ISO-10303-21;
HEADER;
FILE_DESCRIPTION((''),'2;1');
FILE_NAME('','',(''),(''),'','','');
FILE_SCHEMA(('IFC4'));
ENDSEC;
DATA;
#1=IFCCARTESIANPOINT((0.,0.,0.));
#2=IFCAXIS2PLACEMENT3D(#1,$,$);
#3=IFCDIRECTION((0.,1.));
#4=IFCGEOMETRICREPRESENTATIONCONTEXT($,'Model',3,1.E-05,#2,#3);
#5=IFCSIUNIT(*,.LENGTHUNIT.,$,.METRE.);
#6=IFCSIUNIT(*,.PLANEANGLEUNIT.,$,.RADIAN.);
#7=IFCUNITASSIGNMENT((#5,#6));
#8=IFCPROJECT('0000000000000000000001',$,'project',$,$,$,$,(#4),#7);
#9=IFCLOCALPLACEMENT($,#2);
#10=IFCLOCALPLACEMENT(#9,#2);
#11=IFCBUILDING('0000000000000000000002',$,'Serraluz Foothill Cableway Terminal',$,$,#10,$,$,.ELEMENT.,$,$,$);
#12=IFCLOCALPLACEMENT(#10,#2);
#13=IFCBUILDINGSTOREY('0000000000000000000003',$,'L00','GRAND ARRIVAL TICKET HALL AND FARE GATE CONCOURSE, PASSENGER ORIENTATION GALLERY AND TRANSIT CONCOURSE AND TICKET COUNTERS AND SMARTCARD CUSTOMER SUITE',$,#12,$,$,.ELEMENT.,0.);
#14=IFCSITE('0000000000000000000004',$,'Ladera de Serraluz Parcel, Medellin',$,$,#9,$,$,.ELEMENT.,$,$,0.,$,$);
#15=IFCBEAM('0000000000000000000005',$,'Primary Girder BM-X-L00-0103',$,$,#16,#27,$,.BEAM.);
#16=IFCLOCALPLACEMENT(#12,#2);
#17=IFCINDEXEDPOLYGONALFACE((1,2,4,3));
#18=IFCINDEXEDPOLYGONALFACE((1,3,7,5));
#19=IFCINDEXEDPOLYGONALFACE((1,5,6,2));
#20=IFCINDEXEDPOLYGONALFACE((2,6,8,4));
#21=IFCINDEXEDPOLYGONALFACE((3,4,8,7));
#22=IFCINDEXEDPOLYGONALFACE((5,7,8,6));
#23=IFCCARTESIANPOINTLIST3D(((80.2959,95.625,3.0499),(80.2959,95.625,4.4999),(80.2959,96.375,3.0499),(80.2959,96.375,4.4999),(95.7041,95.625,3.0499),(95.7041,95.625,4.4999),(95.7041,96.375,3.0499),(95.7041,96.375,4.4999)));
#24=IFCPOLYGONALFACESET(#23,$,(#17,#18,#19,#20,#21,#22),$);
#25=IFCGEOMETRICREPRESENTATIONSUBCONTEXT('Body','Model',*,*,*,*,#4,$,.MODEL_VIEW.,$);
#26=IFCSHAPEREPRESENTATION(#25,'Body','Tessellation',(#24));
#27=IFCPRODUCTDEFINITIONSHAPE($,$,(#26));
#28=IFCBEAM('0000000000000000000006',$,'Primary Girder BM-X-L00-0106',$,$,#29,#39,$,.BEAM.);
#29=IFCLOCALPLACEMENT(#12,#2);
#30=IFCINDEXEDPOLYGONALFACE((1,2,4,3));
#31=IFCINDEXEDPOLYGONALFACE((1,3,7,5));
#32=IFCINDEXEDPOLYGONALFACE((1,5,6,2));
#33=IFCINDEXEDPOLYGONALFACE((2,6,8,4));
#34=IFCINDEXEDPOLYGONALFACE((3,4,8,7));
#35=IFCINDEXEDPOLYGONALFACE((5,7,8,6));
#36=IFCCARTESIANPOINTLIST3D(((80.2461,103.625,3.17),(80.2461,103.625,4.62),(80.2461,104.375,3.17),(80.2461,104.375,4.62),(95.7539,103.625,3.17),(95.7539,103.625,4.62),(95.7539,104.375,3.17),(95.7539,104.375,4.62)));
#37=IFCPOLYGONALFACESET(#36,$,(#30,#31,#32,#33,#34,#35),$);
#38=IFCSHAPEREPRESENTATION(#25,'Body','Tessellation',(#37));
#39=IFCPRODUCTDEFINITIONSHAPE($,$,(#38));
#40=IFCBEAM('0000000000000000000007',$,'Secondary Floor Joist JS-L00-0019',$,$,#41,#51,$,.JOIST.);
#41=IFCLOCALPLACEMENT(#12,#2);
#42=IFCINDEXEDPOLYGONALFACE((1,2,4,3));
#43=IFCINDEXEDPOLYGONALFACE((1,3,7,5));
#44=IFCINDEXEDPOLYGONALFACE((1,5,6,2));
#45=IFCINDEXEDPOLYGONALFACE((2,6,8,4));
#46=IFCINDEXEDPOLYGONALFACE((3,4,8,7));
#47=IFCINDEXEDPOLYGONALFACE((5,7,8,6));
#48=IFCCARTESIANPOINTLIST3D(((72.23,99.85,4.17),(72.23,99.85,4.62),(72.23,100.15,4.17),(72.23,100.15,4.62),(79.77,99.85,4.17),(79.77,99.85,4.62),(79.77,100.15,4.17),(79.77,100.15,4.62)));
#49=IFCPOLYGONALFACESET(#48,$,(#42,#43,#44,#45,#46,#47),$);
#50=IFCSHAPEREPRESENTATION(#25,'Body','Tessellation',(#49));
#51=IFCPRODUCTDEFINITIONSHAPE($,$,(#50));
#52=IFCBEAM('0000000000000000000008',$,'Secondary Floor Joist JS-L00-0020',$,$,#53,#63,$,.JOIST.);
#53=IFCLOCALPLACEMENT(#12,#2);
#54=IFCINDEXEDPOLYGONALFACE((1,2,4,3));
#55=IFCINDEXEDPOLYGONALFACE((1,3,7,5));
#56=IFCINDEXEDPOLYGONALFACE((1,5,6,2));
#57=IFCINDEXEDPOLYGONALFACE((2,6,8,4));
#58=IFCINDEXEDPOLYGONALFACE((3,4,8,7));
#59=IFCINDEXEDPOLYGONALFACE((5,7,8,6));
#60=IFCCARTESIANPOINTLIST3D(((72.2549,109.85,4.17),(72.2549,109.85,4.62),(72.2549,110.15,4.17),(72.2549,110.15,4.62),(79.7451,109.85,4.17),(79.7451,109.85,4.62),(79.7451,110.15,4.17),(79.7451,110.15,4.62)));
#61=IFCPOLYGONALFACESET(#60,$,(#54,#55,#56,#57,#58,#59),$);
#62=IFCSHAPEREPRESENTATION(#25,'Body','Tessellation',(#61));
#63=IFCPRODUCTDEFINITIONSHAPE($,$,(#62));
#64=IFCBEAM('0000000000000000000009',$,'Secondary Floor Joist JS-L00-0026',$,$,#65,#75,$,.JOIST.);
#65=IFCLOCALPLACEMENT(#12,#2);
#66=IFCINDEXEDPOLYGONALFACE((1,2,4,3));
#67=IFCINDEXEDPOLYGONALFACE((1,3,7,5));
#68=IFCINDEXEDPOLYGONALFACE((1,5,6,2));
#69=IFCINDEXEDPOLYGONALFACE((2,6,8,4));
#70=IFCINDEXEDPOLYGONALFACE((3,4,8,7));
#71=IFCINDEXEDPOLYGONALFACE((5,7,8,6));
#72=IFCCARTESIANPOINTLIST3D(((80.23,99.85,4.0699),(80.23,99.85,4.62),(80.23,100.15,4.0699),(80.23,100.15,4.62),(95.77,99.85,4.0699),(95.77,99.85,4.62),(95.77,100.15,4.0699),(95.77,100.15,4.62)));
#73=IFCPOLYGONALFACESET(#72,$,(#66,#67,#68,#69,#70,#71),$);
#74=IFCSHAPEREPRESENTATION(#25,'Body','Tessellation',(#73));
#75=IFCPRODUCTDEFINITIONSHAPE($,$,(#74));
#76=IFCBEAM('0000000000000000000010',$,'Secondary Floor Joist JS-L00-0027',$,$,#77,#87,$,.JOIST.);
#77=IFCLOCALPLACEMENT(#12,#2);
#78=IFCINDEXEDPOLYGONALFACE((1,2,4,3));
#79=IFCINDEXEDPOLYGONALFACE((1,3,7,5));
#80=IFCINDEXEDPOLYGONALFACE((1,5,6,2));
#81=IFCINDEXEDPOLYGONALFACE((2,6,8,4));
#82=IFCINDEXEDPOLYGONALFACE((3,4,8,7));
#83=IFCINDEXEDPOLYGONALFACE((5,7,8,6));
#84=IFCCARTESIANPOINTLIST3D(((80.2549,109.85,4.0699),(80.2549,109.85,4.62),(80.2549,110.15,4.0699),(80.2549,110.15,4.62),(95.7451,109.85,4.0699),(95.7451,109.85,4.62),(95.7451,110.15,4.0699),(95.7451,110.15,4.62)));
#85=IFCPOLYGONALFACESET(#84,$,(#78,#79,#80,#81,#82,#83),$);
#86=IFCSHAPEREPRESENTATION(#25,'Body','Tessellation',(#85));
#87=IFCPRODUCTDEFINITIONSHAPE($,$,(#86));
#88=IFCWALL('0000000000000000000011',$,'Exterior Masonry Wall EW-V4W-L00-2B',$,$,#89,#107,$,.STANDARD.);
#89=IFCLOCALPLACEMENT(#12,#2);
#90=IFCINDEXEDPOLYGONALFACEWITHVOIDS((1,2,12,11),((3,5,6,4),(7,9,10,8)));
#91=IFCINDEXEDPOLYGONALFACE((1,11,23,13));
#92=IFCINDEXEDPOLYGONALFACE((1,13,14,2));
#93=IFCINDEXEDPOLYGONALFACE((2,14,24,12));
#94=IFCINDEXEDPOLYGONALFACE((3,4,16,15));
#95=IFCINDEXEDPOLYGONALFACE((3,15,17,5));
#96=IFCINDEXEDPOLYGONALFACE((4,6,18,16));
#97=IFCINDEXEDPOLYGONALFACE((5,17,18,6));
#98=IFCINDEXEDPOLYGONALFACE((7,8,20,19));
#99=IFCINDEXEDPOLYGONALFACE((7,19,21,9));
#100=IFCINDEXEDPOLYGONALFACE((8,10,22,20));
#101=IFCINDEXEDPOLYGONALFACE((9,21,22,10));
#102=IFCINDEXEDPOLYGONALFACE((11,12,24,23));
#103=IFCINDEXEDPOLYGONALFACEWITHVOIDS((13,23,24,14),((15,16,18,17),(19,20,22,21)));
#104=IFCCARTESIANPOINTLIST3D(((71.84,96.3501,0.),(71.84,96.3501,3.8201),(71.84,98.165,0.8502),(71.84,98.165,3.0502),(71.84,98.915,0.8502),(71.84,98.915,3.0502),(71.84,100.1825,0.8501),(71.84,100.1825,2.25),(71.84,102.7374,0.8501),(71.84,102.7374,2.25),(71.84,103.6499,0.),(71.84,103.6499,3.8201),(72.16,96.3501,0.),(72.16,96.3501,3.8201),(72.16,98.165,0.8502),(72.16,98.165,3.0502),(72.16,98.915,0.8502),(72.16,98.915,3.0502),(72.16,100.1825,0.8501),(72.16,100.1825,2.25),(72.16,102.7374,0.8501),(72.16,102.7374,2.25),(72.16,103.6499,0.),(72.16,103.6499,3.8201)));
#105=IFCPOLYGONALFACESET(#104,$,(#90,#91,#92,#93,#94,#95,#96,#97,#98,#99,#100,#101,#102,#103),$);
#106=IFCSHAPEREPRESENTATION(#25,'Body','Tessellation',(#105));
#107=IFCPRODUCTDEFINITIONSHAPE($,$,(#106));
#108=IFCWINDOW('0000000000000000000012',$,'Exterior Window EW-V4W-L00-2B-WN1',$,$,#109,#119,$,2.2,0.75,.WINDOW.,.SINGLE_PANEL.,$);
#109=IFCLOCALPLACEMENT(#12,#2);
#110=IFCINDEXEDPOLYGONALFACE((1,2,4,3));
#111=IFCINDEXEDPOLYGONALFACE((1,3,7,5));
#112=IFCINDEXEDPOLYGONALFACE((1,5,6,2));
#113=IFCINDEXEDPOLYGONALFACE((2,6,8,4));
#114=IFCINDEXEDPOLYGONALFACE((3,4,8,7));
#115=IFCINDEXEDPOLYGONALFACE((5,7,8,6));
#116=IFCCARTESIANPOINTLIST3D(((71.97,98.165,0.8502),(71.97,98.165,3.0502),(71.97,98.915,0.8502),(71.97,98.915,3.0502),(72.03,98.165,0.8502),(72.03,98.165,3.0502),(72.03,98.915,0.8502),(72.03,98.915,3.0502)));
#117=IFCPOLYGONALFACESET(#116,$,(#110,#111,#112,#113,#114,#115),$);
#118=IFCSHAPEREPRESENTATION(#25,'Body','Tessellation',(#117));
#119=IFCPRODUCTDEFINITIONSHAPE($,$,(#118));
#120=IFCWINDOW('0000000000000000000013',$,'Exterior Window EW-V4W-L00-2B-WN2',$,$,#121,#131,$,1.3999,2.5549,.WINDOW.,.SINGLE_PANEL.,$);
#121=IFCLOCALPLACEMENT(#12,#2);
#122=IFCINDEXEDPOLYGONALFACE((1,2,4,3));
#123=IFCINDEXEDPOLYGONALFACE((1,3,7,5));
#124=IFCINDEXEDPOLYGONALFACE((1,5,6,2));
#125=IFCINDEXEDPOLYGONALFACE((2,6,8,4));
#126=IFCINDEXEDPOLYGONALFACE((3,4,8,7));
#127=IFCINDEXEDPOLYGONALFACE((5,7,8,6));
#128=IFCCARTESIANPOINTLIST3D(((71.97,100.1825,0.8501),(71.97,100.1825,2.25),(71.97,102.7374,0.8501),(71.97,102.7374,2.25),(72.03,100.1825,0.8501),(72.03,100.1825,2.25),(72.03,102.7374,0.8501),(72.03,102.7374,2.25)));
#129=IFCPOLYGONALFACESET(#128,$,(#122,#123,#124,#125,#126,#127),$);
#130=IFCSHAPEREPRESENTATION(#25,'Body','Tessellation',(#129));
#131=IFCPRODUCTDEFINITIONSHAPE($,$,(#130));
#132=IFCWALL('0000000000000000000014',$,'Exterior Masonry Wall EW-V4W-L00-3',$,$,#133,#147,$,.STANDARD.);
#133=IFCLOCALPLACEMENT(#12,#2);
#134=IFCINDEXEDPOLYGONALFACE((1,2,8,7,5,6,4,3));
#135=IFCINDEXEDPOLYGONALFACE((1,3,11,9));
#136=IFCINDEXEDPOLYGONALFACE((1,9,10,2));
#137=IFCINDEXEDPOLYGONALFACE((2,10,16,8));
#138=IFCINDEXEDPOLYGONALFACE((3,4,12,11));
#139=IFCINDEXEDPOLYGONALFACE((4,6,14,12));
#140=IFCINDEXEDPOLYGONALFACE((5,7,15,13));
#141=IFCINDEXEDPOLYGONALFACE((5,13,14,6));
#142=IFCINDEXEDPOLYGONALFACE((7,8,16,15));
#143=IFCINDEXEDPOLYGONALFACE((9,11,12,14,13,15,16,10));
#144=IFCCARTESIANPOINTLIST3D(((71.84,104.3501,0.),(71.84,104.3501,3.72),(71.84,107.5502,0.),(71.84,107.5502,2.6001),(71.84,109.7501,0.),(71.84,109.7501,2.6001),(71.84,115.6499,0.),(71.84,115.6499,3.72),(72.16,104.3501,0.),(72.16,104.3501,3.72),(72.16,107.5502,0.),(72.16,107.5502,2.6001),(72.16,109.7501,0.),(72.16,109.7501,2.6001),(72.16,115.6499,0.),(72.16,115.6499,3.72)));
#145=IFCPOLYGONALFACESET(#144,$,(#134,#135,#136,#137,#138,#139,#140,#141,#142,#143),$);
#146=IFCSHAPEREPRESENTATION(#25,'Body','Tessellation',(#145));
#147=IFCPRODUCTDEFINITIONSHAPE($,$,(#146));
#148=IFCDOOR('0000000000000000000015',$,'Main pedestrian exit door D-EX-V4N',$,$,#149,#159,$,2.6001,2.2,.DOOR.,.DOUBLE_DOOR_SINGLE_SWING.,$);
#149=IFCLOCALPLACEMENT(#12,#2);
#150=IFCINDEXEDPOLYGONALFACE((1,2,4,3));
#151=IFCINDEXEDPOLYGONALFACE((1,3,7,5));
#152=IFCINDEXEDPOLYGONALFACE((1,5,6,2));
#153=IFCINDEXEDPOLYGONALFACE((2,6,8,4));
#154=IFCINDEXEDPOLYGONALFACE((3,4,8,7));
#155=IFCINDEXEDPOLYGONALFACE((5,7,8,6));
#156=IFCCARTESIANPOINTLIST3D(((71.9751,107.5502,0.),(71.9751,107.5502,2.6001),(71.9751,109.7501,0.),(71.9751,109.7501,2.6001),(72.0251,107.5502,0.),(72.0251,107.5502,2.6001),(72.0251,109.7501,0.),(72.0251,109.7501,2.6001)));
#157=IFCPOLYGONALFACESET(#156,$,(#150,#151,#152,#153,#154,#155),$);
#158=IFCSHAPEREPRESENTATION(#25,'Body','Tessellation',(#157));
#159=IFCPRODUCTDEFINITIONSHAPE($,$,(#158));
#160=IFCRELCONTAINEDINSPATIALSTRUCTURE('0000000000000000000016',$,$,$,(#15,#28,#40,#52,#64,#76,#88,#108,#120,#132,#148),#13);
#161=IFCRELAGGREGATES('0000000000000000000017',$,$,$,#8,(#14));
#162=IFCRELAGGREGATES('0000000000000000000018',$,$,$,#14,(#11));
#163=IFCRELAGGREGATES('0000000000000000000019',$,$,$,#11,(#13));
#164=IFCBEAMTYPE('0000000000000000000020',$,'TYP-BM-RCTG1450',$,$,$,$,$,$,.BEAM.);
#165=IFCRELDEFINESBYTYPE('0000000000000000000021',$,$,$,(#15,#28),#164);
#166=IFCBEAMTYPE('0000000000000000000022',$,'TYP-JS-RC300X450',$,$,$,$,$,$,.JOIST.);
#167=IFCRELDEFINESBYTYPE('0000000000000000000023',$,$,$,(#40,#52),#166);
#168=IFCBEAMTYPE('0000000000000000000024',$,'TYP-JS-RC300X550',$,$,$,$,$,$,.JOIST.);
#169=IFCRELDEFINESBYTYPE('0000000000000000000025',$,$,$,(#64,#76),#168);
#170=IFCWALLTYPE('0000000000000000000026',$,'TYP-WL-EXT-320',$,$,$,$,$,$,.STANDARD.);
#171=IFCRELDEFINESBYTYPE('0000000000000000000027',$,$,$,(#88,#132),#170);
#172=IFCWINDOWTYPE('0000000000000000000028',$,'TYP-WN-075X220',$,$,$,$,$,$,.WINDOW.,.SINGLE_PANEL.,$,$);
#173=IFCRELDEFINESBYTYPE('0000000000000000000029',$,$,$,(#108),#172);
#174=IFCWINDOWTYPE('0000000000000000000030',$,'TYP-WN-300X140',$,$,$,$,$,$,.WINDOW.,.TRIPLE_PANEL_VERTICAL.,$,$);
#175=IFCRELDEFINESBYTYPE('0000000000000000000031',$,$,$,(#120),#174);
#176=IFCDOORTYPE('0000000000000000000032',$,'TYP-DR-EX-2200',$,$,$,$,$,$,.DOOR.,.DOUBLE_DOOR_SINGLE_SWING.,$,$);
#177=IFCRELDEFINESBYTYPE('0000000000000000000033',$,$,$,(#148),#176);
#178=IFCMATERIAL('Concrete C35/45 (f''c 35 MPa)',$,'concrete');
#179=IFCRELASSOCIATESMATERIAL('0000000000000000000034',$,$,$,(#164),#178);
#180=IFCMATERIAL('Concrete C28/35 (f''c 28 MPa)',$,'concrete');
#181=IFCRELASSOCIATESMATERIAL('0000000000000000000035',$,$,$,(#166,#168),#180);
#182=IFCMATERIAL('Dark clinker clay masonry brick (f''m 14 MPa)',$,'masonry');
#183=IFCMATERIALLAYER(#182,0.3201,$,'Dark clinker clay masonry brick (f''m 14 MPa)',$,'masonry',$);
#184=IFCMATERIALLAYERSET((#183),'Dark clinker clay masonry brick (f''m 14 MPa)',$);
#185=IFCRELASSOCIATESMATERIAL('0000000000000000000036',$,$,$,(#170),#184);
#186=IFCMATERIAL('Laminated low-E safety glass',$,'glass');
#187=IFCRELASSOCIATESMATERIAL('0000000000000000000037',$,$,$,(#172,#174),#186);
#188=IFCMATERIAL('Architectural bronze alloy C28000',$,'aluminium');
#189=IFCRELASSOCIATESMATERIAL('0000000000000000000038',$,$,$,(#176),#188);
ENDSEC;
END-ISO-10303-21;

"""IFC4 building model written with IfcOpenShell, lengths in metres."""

from ifc_helpers import new_model, si_unit, direction, frame, frame_2d, origin, origin_2d, place, context, subcontext, project, spatial, rectangle, extrude, material, layer, layer_set, material_profile, profile_set, type_object, element, fill, save


model = new_model("IFC4")

# Units and contexts
model_context = context("Model", 3, precision=1e-05, world=origin(), true_north=direction((0.0, 1.0)))
body_context = subcontext(model_context, "Body", "Model", "MODEL_VIEW")
ifc_project = project(units=[si_unit("LENGTHUNIT", "METRE"), si_unit("PLANEANGLEUNIT", "RADIAN")], contexts=[model_context])

# Site, building, storey
site_placement = place(None, origin())
site = spatial("IfcSite", under=ifc_project, at=site_placement, Name="Ladera de Serraluz Parcel, Medellin", CompositionType="ELEMENT", RefElevation=0.0)
building_placement = place(site_placement, origin())
building = spatial("IfcBuilding", under=site, at=building_placement, Name="Serraluz Foothill Cableway Terminal", CompositionType="ELEMENT")
storey_placement = place(building_placement, origin())
storey = spatial("IfcBuildingStorey", under=building, at=storey_placement, Name="L00", Description="GRAND ARRIVAL TICKET HALL AND FARE GATE CONCOURSE, PASSENGER ORIENTATION GALLERY AND TRANSIT CONCOURSE AND TICKET COUNTERS AND SMARTCARD CUSTOMER SUITE", CompositionType="ELEMENT", Elevation=0.0)

# Shared definitions
ifc_material_1 = material(Name="Concrete C28/35 (f'c 28 MPa)", Category="concrete")

# Shared definitions
ifc_material_2 = material(Name="Concrete C35/45 (f'c 35 MPa)", Category="concrete")

# Beams
ifc_material_profile_1 = material_profile(ifc_material_2, rectangle(XDim=0.75, YDim=1.45, at=origin_2d()), Name="RC TG 750x1450")
ifc_profile_set_1 = profile_set([ifc_material_profile_1], Name="Concrete C35/45 (f'c 35 MPa)")
beam_type_1 = type_object("IfcBeamType", Name="TYP-BM-RCTG1450", PredefinedType="BEAM", material=ifc_profile_set_1)
beam_1_placement = place(storey_placement, frame((80.2959, 96.0, 3.7749), z_axis=(1.0, 0.0, 0.0), x_axis=(0.0, 1.0, 0.0)))
element("IfcBeam", 1, at=beam_1_placement, inside=storey, type_object=beam_type_1, Name="Primary Girder BM-X-L00-0103", PredefinedType="BEAM", context=body_context, shape_type="SweptSolid", body=[
    extrude(rectangle(XDim=0.75, YDim=1.45, at=origin_2d()), origin(), (0.0, 0.0, 1.0), 15.4082),
])
beam_2_placement = place(storey_placement, frame((80.2461, 104.0, 3.895), z_axis=(1.0, 0.0, 0.0), x_axis=(0.0, 1.0, 0.0)))
element("IfcBeam", 2, at=beam_2_placement, inside=storey, type_object=beam_type_1, Name="Primary Girder BM-X-L00-0106", PredefinedType="BEAM", context=body_context, shape_type="SweptSolid", body=[
    extrude(rectangle(XDim=0.75, YDim=1.45, at=origin_2d()), origin(), (0.0, 0.0, 1.0), 15.5078),
])
ifc_material_profile_2 = material_profile(ifc_material_1, rectangle(XDim=0.3, YDim=0.45, at=origin_2d()), Name="RC 300x450")
ifc_profile_set_2 = profile_set([ifc_material_profile_2], Name="Concrete C28/35 (f'c 28 MPa)")
beam_type_2 = type_object("IfcBeamType", Name="TYP-JS-RC300X450", PredefinedType="JOIST", material=ifc_profile_set_2)
beam_3_placement = place(storey_placement, frame((72.23, 100.0, 4.395), z_axis=(1.0, 0.0, 0.0), x_axis=(0.0, 1.0, 0.0)))
element("IfcBeam", 3, at=beam_3_placement, inside=storey, type_object=beam_type_2, Name="Secondary Floor Joist JS-L00-0019", PredefinedType="JOIST", context=body_context, shape_type="SweptSolid", body=[
    extrude(rectangle(XDim=0.3, YDim=0.45, at=origin_2d()), origin(), (0.0, 0.0, 1.0), 7.54),
])
beam_4_placement = place(storey_placement, frame((72.2549, 110.0, 4.395), z_axis=(1.0, 0.0, 0.0), x_axis=(0.0, 1.0, 0.0)))
element("IfcBeam", 4, at=beam_4_placement, inside=storey, type_object=beam_type_2, Name="Secondary Floor Joist JS-L00-0020", PredefinedType="JOIST", context=body_context, shape_type="SweptSolid", body=[
    extrude(rectangle(XDim=0.3, YDim=0.45, at=origin_2d()), origin(), (0.0, 0.0, 1.0), 7.4902),
])
ifc_material_profile_3 = material_profile(ifc_material_1, rectangle(XDim=0.3, YDim=0.55, at=origin_2d()), Name="RC 300x550")
ifc_profile_set_3 = profile_set([ifc_material_profile_3], Name="Concrete C28/35 (f'c 28 MPa)")
beam_type_3 = type_object("IfcBeamType", Name="TYP-JS-RC300X550", PredefinedType="JOIST", material=ifc_profile_set_3)
beam_5_placement = place(storey_placement, frame((80.23, 100.0, 4.345), z_axis=(1.0, 0.0, 0.0), x_axis=(0.0, 1.0, 0.0)))
element("IfcBeam", 5, at=beam_5_placement, inside=storey, type_object=beam_type_3, Name="Secondary Floor Joist JS-L00-0026", PredefinedType="JOIST", context=body_context, shape_type="SweptSolid", body=[
    extrude(rectangle(XDim=0.3, YDim=0.55, at=origin_2d()), origin(), (0.0, 0.0, 1.0), 15.54),
])
beam_6_placement = place(storey_placement, frame((80.2549, 110.0, 4.345), z_axis=(1.0, 0.0, 0.0), x_axis=(0.0, 1.0, 0.0)))
element("IfcBeam", 6, at=beam_6_placement, inside=storey, type_object=beam_type_3, Name="Secondary Floor Joist JS-L00-0027", PredefinedType="JOIST", context=body_context, shape_type="SweptSolid", body=[
    extrude(rectangle(XDim=0.3, YDim=0.55, at=origin_2d()), origin(), (0.0, 0.0, 1.0), 15.4902),
])

# Wall, openings, windows
ifc_material_3 = material(Name="Dark clinker clay masonry brick (f'm 14 MPa)", Category="masonry")
ifc_layer_1 = layer(ifc_material_3, 0.3201, Name="Dark clinker clay masonry brick (f'm 14 MPa)", Category="masonry")
ifc_layer_set_1 = layer_set([ifc_layer_1], Name="Dark clinker clay masonry brick (f'm 14 MPa)")
wall_type_1 = type_object("IfcWallType", Name="TYP-WL-EXT-320", PredefinedType="STANDARD", material=ifc_layer_set_1)
wall_1_placement = place(storey_placement, frame((72.0, 96.3501, 0.0), z_axis=(0.0, 0.0, 1.0), x_axis=(0.0, 1.0, 0.0)))
wall_1 = element("IfcWall", 7, at=wall_1_placement, inside=storey, type_object=wall_type_1, Name="Exterior Masonry Wall EW-V4W-L00-2B", PredefinedType="STANDARD", context=body_context, shape_type="SweptSolid", body=[
    extrude(rectangle(XDim=7.2998, YDim=0.3201, at=frame_2d((3.6499, 0.0))), origin(), (0.0, 0.0, 1.0), 3.8201),
])
opening_1_placement = place(wall_1_placement, frame((1.8149, 0.0, 0.8501)))
opening_1 = element("IfcOpeningElement", 8, at=opening_1_placement, cuts=wall_1, PredefinedType="OPENING", context=body_context, shape_type="SweptSolid", body=[
    extrude(rectangle(XDim=0.75, YDim=2.2, at=frame_2d((0.375, 1.1001))), frame((0.0, 0.1699, 0.0), z_axis=(0.0, -1.0, 0.0), x_axis=(1.0, 0.0, 0.0)), (0.0, 0.0, 1.0), 0.3401),
])
opening_2_placement = place(wall_1_placement, frame((3.8325, 0.0, 0.8501)))
opening_2 = element("IfcOpeningElement", 9, at=opening_2_placement, cuts=wall_1, PredefinedType="OPENING", context=body_context, shape_type="SweptSolid", body=[
    extrude(rectangle(XDim=2.5549, YDim=1.3999, at=frame_2d((1.2773, 0.7))), frame((0.0, 0.1699, 0.0), z_axis=(0.0, -1.0, 0.0), x_axis=(1.0, 0.0, 0.0)), (0.0, 0.0, 1.0), 0.3401),
])
ifc_material_4 = material(Name="Laminated low-E safety glass", Category="glass")
window_type_1 = type_object("IfcWindowType", Name="TYP-WN-075X220", PartitioningType="SINGLE_PANEL", PredefinedType="WINDOW", material=ifc_material_4)
window_1_placement = place(opening_1_placement, origin())
window_1 = element("IfcWindow", 10, at=window_1_placement, inside=storey, type_object=window_type_1, Name="Exterior Window EW-V4W-L00-2B-WN1", OverallHeight=2.2, OverallWidth=0.75, PartitioningType="SINGLE_PANEL", PredefinedType="WINDOW", context=body_context, shape_type="SweptSolid", body=[
    extrude(rectangle(XDim=0.75, YDim=2.2, at=frame_2d((0.375, 1.1001))), frame((0.0, 0.03, 0.0), z_axis=(0.0, -1.0, 0.0), x_axis=(1.0, 0.0, 0.0)), (0.0, 0.0, 1.0), 0.0601),
])
fill(opening_1, window_1)
window_type_2 = type_object("IfcWindowType", Name="TYP-WN-300X140", PartitioningType="TRIPLE_PANEL_VERTICAL", PredefinedType="WINDOW", material=ifc_material_4)
window_2_placement = place(opening_2_placement, origin())
window_2 = element("IfcWindow", 11, at=window_2_placement, inside=storey, type_object=window_type_2, Name="Exterior Window EW-V4W-L00-2B-WN2", OverallHeight=1.3999, OverallWidth=2.5549, PartitioningType="SINGLE_PANEL", PredefinedType="WINDOW", context=body_context, shape_type="SweptSolid", body=[
    extrude(rectangle(XDim=2.5549, YDim=1.3999, at=frame_2d((1.2773, 0.7))), frame((0.0, 0.03, 0.0), z_axis=(0.0, -1.0, 0.0), x_axis=(1.0, 0.0, 0.0)), (0.0, 0.0, 1.0), 0.0601),
])
fill(opening_2, window_2)

# Wall, opening, door
wall_2_placement = place(storey_placement, frame((72.0, 104.3501, 0.0), z_axis=(0.0, 0.0, 1.0), x_axis=(0.0, 1.0, 0.0)))
wall_2 = element("IfcWall", 12, at=wall_2_placement, inside=storey, type_object=wall_type_1, Name="Exterior Masonry Wall EW-V4W-L00-3", PredefinedType="STANDARD", context=body_context, shape_type="SweptSolid", body=[
    extrude(rectangle(XDim=11.2998, YDim=0.3201, at=frame_2d((5.6499, 0.0))), origin(), (0.0, 0.0, 1.0), 3.72),
])
opening_3_placement = place(wall_2_placement, frame((3.2, 0.0, 0.0)))
opening_3 = element("IfcOpeningElement", 13, at=opening_3_placement, cuts=wall_2, PredefinedType="OPENING", context=body_context, shape_type="SweptSolid", body=[
    extrude(rectangle(XDim=2.2, YDim=2.6001, at=frame_2d((1.1001, 1.3))), frame((0.0, 0.1699, 0.0), z_axis=(0.0, -1.0, 0.0), x_axis=(1.0, 0.0, 0.0)), (0.0, 0.0, 1.0), 0.3401),
])
ifc_material_5 = material(Name="Architectural bronze alloy C28000", Category="aluminium")
door_type_1 = type_object("IfcDoorType", Name="TYP-DR-EX-2200", OperationType="DOUBLE_DOOR_SINGLE_SWING", PredefinedType="DOOR", material=ifc_material_5)
door_1_placement = place(opening_3_placement, origin())
door_1 = element("IfcDoor", 14, at=door_1_placement, inside=storey, type_object=door_type_1, Name="Main pedestrian exit door D-EX-V4N", OperationType="DOUBLE_DOOR_SINGLE_SWING", OverallHeight=2.6001, OverallWidth=2.2, PredefinedType="DOOR", context=body_context, shape_type="SweptSolid", body=[
    extrude(rectangle(XDim=2.2, YDim=2.6001, at=frame_2d((1.1001, 1.3))), frame((0.0, 0.0249, 0.0), z_axis=(0.0, -1.0, 0.0), x_axis=(1.0, 0.0, 0.0)), (0.0, 0.0, 1.0), 0.05),
])
fill(opening_3, door_1)

save(model, "model.ifc")
